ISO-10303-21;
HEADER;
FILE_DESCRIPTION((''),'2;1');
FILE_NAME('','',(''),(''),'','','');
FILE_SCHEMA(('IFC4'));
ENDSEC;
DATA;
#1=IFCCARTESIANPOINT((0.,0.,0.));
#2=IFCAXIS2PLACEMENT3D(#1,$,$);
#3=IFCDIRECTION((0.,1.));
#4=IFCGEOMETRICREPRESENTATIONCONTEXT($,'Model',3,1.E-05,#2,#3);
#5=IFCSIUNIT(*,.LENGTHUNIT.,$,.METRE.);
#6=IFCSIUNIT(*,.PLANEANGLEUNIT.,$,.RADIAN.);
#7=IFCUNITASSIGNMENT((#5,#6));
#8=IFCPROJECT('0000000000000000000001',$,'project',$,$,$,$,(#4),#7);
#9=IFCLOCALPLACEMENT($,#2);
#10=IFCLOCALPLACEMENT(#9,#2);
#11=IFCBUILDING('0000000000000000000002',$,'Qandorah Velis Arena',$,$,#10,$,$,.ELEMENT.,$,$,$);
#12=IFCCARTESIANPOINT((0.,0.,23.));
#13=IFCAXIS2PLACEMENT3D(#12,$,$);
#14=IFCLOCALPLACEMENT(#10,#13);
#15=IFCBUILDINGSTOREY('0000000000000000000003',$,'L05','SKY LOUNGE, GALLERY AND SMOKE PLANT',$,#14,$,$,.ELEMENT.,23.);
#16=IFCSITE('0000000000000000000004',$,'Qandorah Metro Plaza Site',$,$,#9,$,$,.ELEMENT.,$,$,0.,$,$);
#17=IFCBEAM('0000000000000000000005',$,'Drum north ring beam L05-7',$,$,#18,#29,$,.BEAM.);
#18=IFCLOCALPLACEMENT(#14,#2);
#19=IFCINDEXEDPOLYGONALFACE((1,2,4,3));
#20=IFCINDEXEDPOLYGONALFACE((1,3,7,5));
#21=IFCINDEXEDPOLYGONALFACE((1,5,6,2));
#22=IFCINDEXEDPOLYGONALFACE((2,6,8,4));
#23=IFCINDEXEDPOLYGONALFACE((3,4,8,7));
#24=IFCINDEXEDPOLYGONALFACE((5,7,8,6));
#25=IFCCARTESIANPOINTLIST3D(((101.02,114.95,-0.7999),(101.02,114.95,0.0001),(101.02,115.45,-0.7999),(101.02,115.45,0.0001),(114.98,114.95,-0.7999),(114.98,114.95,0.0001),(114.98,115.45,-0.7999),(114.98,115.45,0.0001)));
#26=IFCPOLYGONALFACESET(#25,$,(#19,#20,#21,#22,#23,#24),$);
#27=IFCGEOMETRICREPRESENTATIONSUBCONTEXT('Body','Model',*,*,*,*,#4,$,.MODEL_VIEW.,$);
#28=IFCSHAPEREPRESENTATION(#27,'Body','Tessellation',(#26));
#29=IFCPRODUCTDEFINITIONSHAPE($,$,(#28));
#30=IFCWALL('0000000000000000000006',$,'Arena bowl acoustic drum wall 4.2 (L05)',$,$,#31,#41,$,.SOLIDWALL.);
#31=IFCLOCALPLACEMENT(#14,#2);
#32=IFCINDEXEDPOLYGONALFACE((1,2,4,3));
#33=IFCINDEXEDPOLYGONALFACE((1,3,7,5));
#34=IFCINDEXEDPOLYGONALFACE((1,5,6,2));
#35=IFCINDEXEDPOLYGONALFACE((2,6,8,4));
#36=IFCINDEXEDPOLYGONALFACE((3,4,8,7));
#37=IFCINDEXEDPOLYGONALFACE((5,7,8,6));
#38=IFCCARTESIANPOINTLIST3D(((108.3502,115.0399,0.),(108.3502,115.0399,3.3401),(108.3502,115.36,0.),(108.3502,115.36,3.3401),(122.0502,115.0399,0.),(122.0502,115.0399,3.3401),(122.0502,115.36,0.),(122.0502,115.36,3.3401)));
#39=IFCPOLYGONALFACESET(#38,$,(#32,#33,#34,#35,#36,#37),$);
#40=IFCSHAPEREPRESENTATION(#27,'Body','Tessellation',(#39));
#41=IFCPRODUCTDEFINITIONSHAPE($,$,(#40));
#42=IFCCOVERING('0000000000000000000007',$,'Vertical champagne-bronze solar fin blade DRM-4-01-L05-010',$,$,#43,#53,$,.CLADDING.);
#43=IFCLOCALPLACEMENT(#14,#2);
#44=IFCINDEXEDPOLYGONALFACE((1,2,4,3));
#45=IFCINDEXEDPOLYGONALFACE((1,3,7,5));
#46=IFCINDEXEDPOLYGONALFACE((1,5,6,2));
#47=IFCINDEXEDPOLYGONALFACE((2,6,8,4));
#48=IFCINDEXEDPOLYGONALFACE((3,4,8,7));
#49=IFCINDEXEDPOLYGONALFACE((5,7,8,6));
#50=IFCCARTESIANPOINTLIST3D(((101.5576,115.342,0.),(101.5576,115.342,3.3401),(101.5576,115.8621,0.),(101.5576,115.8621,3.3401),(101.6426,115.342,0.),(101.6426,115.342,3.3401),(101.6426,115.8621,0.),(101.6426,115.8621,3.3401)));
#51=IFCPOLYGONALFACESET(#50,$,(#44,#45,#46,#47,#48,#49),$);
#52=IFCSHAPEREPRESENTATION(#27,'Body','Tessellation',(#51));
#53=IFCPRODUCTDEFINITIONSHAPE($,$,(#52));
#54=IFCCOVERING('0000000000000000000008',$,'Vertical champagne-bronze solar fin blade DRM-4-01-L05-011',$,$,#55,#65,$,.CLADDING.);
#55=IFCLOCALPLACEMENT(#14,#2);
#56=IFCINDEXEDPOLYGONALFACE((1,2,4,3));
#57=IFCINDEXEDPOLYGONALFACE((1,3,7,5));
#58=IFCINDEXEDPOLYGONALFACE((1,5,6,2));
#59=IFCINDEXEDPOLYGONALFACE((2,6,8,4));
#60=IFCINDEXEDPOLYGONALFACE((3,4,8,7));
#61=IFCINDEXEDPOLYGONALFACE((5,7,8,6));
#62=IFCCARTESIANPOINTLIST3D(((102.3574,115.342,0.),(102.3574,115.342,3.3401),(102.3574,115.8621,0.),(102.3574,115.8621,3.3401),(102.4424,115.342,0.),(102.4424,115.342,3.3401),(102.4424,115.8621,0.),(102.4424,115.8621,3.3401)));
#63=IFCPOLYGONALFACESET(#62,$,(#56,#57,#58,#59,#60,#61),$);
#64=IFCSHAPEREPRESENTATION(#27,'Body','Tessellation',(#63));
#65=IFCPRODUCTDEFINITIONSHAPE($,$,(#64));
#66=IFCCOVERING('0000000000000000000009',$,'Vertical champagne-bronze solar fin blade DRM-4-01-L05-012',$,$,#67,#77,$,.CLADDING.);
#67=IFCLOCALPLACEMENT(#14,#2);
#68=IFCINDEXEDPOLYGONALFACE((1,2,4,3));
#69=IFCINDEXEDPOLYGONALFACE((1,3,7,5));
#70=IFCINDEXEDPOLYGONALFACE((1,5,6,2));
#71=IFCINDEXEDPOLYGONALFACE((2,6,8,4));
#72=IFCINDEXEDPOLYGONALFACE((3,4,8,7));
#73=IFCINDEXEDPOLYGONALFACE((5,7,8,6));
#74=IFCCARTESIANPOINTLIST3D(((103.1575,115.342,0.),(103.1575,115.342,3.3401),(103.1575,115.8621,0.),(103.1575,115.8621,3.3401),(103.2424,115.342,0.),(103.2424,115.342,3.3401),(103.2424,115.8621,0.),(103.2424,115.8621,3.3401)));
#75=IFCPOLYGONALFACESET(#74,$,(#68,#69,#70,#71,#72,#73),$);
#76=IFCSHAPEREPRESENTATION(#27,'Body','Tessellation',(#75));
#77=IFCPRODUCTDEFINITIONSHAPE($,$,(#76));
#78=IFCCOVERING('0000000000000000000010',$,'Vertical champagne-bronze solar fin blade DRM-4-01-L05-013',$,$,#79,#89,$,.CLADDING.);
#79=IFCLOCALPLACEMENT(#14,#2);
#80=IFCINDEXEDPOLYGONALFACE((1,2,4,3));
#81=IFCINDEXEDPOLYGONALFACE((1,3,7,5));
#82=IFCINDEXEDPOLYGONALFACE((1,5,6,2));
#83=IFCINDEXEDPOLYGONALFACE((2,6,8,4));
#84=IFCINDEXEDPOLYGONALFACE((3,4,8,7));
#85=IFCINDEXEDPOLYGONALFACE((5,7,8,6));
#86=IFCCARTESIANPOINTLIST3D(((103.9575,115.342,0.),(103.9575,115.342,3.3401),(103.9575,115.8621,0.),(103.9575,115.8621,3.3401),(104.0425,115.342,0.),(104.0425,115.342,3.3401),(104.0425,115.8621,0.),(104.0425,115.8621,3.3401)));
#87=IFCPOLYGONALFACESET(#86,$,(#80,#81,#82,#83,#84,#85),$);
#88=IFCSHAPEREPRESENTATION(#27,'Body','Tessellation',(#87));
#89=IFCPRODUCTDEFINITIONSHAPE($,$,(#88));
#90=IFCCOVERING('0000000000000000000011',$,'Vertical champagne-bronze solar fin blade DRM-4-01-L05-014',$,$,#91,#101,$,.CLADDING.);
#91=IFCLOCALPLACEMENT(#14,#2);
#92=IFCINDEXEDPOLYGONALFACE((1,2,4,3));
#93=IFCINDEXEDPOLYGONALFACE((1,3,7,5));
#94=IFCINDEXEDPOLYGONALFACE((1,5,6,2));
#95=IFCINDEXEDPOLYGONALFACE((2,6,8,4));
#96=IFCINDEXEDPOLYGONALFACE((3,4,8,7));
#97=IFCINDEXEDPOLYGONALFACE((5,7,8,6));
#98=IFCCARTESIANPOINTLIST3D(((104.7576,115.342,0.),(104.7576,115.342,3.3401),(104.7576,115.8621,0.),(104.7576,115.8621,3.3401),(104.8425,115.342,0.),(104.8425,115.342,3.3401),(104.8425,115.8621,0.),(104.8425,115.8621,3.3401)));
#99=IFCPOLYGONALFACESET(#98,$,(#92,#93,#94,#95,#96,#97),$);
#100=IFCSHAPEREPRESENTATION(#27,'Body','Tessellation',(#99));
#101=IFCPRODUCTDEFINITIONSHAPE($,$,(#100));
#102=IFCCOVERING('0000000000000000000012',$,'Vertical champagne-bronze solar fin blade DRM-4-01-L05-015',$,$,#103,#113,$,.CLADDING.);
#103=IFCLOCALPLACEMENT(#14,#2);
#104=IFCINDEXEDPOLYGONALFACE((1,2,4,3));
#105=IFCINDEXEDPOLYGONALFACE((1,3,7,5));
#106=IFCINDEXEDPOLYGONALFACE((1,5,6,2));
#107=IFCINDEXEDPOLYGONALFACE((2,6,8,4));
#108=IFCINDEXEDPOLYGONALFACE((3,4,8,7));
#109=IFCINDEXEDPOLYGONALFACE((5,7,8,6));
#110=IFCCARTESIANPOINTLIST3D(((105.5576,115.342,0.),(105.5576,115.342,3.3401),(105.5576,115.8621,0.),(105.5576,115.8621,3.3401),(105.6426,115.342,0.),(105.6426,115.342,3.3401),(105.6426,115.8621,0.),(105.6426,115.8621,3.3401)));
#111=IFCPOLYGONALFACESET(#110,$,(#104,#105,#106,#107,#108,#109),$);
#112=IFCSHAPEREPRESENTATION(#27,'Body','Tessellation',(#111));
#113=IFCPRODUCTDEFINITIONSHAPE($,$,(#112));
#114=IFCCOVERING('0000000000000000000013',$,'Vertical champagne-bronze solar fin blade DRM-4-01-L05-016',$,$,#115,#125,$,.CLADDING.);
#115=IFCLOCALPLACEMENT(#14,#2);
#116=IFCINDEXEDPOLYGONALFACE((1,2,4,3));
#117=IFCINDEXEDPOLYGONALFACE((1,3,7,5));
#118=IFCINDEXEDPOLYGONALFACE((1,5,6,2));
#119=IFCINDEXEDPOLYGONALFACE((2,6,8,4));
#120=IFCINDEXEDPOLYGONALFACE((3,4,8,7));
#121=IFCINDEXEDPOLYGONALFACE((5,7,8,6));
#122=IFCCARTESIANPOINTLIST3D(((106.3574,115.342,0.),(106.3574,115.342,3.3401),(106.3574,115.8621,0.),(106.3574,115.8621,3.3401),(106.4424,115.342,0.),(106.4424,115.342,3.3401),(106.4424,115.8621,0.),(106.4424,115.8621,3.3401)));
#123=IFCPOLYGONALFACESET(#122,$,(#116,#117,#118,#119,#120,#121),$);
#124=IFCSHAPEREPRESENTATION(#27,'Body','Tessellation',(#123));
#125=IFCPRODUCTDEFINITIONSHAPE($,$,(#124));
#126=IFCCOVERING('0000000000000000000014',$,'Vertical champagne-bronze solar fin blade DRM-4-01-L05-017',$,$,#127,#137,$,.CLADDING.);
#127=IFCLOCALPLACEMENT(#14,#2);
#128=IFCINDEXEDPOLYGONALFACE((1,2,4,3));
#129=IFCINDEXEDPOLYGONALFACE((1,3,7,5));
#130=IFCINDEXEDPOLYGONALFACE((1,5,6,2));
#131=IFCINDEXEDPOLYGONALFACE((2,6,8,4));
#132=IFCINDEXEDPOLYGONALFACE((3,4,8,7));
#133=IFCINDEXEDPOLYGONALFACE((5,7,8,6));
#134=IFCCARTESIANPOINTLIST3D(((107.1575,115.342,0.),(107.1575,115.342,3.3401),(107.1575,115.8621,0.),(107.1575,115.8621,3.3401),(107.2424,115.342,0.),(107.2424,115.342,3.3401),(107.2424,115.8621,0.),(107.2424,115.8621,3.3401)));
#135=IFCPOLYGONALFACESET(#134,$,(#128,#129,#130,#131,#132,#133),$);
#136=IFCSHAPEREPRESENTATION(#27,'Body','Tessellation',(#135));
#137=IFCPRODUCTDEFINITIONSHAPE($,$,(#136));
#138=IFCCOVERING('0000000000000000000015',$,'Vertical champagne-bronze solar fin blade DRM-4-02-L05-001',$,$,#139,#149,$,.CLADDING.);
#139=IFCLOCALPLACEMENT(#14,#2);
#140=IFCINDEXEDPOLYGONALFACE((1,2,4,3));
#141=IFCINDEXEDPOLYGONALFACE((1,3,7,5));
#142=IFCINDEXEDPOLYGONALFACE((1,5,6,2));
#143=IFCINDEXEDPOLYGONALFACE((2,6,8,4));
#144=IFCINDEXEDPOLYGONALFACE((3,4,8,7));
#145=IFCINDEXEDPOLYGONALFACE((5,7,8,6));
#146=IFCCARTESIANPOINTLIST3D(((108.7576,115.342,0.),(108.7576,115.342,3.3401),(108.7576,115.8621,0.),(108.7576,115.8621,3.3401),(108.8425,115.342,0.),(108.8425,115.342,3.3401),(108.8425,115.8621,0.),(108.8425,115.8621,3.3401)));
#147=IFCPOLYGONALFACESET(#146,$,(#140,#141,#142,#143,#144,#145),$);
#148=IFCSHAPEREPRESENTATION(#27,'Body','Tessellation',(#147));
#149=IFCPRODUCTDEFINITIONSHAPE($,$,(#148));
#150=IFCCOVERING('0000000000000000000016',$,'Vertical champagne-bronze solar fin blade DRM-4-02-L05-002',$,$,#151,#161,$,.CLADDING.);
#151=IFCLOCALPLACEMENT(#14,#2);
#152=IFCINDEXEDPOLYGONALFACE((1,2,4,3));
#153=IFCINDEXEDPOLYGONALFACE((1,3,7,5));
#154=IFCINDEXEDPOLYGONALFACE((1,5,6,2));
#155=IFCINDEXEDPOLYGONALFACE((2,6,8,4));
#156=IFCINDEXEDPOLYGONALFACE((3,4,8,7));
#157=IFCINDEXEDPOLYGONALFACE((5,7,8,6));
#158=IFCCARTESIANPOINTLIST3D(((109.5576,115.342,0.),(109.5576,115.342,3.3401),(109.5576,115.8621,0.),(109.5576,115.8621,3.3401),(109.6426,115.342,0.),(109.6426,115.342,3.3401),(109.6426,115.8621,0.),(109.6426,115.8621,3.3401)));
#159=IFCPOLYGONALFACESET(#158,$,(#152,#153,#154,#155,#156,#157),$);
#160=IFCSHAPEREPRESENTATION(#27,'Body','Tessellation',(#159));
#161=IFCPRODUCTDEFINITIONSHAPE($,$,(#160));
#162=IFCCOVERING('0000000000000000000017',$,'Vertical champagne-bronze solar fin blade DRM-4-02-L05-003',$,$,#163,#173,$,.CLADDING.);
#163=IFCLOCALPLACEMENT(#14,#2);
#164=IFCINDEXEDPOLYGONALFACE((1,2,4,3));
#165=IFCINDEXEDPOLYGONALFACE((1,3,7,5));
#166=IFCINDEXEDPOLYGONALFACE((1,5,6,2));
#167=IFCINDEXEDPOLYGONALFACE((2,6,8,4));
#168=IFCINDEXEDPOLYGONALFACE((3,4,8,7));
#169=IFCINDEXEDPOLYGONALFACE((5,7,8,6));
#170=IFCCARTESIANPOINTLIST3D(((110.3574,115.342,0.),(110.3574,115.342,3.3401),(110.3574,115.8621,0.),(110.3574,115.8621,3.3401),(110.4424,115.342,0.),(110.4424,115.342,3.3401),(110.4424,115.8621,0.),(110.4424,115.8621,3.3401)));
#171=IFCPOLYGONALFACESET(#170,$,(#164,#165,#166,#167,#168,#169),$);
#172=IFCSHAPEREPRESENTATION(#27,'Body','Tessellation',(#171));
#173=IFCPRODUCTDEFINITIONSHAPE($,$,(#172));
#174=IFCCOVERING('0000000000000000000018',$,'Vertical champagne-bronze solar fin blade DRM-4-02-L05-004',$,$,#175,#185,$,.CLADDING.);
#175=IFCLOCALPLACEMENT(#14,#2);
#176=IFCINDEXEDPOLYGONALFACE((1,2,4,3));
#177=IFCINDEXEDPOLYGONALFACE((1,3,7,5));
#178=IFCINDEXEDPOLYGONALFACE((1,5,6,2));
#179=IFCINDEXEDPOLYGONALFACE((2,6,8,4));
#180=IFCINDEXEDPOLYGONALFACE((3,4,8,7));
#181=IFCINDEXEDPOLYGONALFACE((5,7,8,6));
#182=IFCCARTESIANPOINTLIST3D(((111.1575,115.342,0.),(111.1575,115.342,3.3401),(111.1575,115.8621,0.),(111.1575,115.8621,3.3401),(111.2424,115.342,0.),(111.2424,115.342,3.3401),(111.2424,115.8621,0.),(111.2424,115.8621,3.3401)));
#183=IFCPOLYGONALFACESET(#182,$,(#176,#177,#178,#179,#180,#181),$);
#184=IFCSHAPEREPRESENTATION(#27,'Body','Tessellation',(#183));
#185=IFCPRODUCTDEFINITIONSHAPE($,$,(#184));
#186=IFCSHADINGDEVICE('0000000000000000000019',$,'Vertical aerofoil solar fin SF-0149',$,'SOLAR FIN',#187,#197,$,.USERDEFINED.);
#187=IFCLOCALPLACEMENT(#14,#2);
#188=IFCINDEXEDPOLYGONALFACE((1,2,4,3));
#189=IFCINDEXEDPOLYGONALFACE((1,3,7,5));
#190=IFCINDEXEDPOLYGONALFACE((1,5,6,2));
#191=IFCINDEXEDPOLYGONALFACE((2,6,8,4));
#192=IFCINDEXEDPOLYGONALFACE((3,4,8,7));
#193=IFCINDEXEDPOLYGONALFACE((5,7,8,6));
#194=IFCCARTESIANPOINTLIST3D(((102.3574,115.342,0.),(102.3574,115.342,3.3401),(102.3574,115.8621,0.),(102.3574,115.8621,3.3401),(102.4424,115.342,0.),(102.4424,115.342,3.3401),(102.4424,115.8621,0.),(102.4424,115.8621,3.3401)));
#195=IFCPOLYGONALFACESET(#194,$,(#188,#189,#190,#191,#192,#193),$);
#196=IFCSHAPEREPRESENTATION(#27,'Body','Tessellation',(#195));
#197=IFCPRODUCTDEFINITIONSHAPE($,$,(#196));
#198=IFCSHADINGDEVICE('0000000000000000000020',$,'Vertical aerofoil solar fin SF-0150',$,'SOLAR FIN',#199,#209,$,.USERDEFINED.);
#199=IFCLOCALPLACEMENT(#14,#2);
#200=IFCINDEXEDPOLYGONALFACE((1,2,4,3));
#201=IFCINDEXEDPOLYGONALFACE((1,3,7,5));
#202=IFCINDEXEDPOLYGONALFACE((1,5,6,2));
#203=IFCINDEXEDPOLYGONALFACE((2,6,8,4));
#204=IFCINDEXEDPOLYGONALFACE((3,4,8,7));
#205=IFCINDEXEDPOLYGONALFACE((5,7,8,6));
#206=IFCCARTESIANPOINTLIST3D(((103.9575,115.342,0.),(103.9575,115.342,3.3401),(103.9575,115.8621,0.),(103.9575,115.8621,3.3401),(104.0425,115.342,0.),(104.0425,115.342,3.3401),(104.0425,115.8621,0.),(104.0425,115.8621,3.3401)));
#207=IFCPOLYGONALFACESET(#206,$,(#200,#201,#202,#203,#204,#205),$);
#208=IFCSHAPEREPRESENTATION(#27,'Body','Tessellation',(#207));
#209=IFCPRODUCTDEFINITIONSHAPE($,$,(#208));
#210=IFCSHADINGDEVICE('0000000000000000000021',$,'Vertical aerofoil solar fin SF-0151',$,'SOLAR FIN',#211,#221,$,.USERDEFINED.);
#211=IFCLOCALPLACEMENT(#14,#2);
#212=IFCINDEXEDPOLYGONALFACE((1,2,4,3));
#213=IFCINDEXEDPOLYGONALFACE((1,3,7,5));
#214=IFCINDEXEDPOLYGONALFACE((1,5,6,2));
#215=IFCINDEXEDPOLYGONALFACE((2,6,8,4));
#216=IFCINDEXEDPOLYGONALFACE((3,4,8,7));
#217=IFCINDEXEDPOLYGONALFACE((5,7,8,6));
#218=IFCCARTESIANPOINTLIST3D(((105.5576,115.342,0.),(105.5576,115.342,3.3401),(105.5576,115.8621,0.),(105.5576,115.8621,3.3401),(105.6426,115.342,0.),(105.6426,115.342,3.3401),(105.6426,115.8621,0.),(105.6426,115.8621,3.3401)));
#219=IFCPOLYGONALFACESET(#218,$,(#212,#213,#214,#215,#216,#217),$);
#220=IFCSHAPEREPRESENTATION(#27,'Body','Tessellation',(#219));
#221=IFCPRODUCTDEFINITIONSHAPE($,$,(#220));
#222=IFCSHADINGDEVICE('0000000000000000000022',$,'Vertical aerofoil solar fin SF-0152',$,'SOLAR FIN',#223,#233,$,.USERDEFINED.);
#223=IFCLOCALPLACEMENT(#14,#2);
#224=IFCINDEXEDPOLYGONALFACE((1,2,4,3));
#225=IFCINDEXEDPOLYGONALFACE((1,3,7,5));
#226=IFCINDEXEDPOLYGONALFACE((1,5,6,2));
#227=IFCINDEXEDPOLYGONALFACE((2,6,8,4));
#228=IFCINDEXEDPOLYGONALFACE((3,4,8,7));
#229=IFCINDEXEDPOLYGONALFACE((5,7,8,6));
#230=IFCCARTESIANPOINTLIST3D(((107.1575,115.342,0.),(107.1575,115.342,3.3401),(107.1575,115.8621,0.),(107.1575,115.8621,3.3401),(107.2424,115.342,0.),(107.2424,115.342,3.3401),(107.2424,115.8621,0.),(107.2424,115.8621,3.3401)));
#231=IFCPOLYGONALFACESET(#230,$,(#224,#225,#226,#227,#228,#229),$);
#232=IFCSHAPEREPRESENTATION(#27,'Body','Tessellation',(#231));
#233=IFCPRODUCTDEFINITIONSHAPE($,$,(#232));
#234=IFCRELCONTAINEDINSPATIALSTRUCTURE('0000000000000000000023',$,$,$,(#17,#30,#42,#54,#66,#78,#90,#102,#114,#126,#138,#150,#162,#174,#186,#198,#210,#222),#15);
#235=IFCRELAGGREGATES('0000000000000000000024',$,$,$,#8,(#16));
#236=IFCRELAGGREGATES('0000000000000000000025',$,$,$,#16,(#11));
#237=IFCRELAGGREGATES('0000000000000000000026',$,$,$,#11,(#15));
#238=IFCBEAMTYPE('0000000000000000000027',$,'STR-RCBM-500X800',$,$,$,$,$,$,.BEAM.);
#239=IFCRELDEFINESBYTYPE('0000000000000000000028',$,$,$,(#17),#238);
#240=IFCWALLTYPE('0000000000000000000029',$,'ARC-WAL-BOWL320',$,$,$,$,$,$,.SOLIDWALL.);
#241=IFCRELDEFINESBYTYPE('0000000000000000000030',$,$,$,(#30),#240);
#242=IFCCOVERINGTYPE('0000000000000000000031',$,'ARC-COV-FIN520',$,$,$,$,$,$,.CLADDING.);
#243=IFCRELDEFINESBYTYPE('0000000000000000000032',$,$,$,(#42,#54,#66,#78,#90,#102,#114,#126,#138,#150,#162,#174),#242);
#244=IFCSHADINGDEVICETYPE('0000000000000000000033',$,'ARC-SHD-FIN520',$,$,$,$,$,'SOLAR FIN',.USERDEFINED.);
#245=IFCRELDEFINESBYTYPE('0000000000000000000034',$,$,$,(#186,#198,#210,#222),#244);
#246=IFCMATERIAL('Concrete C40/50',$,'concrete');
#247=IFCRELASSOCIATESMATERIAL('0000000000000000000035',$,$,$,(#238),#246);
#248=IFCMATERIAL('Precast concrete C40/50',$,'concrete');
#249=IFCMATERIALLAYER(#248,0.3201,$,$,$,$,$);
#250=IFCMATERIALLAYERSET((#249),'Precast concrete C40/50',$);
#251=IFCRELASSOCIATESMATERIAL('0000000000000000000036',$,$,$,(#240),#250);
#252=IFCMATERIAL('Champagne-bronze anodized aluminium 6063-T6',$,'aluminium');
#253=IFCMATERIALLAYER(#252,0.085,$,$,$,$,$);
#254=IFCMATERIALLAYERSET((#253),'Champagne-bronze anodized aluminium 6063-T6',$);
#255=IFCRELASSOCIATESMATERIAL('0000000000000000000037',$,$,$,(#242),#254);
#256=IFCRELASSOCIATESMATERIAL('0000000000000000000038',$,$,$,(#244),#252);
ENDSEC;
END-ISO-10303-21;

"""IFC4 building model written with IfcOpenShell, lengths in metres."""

from ifc_helpers import new_model, si_unit, direction, frame, frame_2d, origin, origin_2d, place, context, subcontext, project, spatial, rectangle, extrude, material, layer, layer_set, material_profile, profile_set, type_object, element, save


model = new_model("IFC4")

# Units and contexts
model_context = context("Model", 3, precision=1e-05, world=origin(), true_north=direction((0.0, 1.0)))
body_context = subcontext(model_context, "Body", "Model", "MODEL_VIEW")
ifc_project = project(units=[si_unit("LENGTHUNIT", "METRE"), si_unit("PLANEANGLEUNIT", "RADIAN")], contexts=[model_context])

# Site, building, storey
site_placement = place(None, origin())
site = spatial("IfcSite", under=ifc_project, at=site_placement, Name="Qandorah Metro Plaza Site", CompositionType="ELEMENT", RefElevation=0.0)
building_placement = place(site_placement, origin())
building = spatial("IfcBuilding", under=site, at=building_placement, Name="Qandorah Velis Arena", CompositionType="ELEMENT")
storey_placement = place(building_placement, frame((0.0, 0.0, 23.0)))
storey = spatial("IfcBuildingStorey", under=building, at=storey_placement, Name="L05", Description="SKY LOUNGE, GALLERY AND SMOKE PLANT", CompositionType="ELEMENT", Elevation=23.0)

# Beam
ifc_material_1 = material(Name="Concrete C40/50", Category="concrete")
ifc_material_profile = material_profile(ifc_material_1, rectangle(XDim=0.5, YDim=0.8, at=origin_2d()), Name="RC BM 500x800")
ifc_profile_set = profile_set([ifc_material_profile], Name="Concrete C40/50")
beam_type = type_object("IfcBeamType", Name="STR-RCBM-500X800", PredefinedType="BEAM", material=ifc_profile_set)
beam_placement = place(storey_placement, frame((101.02, 115.2, -0.3999), z_axis=(1.0, 0.0, 0.0), x_axis=(0.0, 1.0, 0.0)))
element("IfcBeam", 1, at=beam_placement, inside=storey, type_object=beam_type, Name="Drum north ring beam L05-7", PredefinedType="BEAM", context=body_context, shape_type="SweptSolid", body=[
    extrude(rectangle(XDim=0.5, YDim=0.8, at=origin_2d()), origin(), (0.0, 0.0, 1.0), 13.96),
])

# Wall
ifc_material_2 = material(Name="Precast concrete C40/50", Category="concrete")
ifc_layer_1 = layer(ifc_material_2, 0.3201)
ifc_layer_set_1 = layer_set([ifc_layer_1], Name="Precast concrete C40/50")
wall_type = type_object("IfcWallType", Name="ARC-WAL-BOWL320", PredefinedType="SOLIDWALL", material=ifc_layer_set_1)
wall_placement = place(storey_placement, frame((108.3501, 115.2, 0.0), z_axis=(0.0, 0.0, 1.0), x_axis=(1.0, 0.0, 0.0)))
element("IfcWall", 2, at=wall_placement, inside=storey, type_object=wall_type, Name="Arena bowl acoustic drum wall 4.2 (L05)", PredefinedType="SOLIDWALL", context=body_context, shape_type="SweptSolid", body=[
    extrude(rectangle(XDim=13.7, YDim=0.3201, at=frame_2d((6.8501, 0.0))), origin(), (0.0, 0.0, 1.0), 3.3401),
])

# Coverings
ifc_material_3 = material(Name="Champagne-bronze anodized aluminium 6063-T6", Category="aluminium")
ifc_layer_2 = layer(ifc_material_3, 0.085)
ifc_layer_set_2 = layer_set([ifc_layer_2], Name="Champagne-bronze anodized aluminium 6063-T6")
covering_type = type_object("IfcCoveringType", Name="ARC-COV-FIN520", PredefinedType="CLADDING", material=ifc_layer_set_2)
for number, where, z_axis, x_axis, name in (
    (3, (101.6001, 115.6021, 0.0), (0.0, 0.0, 1.0), (1.0, 0.0, 0.0), "Vertical champagne-bronze solar fin blade DRM-4-01-L05-010"),
    (4, (102.3999, 115.6021, 0.0), (0.0, 0.0, 1.0), (1.0, 0.0, 0.0), "Vertical champagne-bronze solar fin blade DRM-4-01-L05-011"),
    (5, (103.2, 115.6021, 0.0), (0.0, 0.0, 1.0), (1.0, 0.0, 0.0), "Vertical champagne-bronze solar fin blade DRM-4-01-L05-012"),
    (6, (104.0, 115.6021, 0.0), (0.0, 0.0, 1.0), (1.0, 0.0, 0.0), "Vertical champagne-bronze solar fin blade DRM-4-01-L05-013"),
    (7, (104.8, 115.6021, 0.0), (0.0, 0.0, 1.0), (1.0, 0.0, 0.0), "Vertical champagne-bronze solar fin blade DRM-4-01-L05-014"),
    (8, (105.6001, 115.6021, 0.0), (0.0, 0.0, 1.0), (1.0, 0.0, 0.0), "Vertical champagne-bronze solar fin blade DRM-4-01-L05-015"),
    (9, (106.3999, 115.6021, 0.0), (0.0, 0.0, 1.0), (1.0, 0.0, 0.0), "Vertical champagne-bronze solar fin blade DRM-4-01-L05-016"),
    (10, (107.2, 115.6021, 0.0), (0.0, 0.0, 1.0), (1.0, 0.0, 0.0), "Vertical champagne-bronze solar fin blade DRM-4-01-L05-017"),
    (11, (108.8, 115.6021, 0.0), (0.0, 0.0, 1.0), (1.0, 0.0, 0.0), "Vertical champagne-bronze solar fin blade DRM-4-02-L05-001"),
    (12, (109.6001, 115.6021, 0.0), (0.0, 0.0, 1.0), (1.0, 0.0, 0.0), "Vertical champagne-bronze solar fin blade DRM-4-02-L05-002"),
    (13, (110.3999, 115.6021, 0.0), (0.0, 0.0, 1.0), (1.0, 0.0, 0.0), "Vertical champagne-bronze solar fin blade DRM-4-02-L05-003"),
    (14, (111.2, 115.6021, 0.0), (0.0, 0.0, 1.0), (1.0, 0.0, 0.0), "Vertical champagne-bronze solar fin blade DRM-4-02-L05-004"),
):
    element("IfcCovering", number, at=place(storey_placement, frame(where, z_axis=z_axis, x_axis=x_axis)), inside=storey, type_object=covering_type, Name=name, PredefinedType="CLADDING", context=body_context, shape_type="SweptSolid", body=[
        extrude(rectangle(XDim=0.085, YDim=0.52, at=origin_2d()), origin(), (0.0, 0.0, 1.0), 3.3401),
    ])

# Shading devices
shading_device_type = type_object("IfcShadingDeviceType", Name="ARC-SHD-FIN520", ElementType="SOLAR FIN", PredefinedType="USERDEFINED", material=ifc_material_3)
for number, where, z_axis, x_axis, name in (
    (15, (102.3999, 115.6021, 0.0), (0.0, 0.0, 1.0), (1.0, 0.0, 0.0), "Vertical aerofoil solar fin SF-0149"),
    (16, (104.0, 115.6021, 0.0), (0.0, 0.0, 1.0), (1.0, 0.0, 0.0), "Vertical aerofoil solar fin SF-0150"),
    (17, (105.6001, 115.6021, 0.0), (0.0, 0.0, 1.0), (1.0, 0.0, 0.0), "Vertical aerofoil solar fin SF-0151"),
    (18, (107.2, 115.6021, 0.0), (0.0, 0.0, 1.0), (1.0, 0.0, 0.0), "Vertical aerofoil solar fin SF-0152"),
):
    element("IfcShadingDevice", number, at=place(storey_placement, frame(where, z_axis=z_axis, x_axis=x_axis)), inside=storey, type_object=shading_device_type, Name=name, ObjectType="SOLAR FIN", PredefinedType="USERDEFINED", context=body_context, shape_type="SweptSolid", body=[
        extrude(rectangle(XDim=0.085, YDim=0.52, at=origin_2d()), origin(), (0.0, 0.0, 1.0), 3.3401),
    ])

save(model, "model.ifc")
